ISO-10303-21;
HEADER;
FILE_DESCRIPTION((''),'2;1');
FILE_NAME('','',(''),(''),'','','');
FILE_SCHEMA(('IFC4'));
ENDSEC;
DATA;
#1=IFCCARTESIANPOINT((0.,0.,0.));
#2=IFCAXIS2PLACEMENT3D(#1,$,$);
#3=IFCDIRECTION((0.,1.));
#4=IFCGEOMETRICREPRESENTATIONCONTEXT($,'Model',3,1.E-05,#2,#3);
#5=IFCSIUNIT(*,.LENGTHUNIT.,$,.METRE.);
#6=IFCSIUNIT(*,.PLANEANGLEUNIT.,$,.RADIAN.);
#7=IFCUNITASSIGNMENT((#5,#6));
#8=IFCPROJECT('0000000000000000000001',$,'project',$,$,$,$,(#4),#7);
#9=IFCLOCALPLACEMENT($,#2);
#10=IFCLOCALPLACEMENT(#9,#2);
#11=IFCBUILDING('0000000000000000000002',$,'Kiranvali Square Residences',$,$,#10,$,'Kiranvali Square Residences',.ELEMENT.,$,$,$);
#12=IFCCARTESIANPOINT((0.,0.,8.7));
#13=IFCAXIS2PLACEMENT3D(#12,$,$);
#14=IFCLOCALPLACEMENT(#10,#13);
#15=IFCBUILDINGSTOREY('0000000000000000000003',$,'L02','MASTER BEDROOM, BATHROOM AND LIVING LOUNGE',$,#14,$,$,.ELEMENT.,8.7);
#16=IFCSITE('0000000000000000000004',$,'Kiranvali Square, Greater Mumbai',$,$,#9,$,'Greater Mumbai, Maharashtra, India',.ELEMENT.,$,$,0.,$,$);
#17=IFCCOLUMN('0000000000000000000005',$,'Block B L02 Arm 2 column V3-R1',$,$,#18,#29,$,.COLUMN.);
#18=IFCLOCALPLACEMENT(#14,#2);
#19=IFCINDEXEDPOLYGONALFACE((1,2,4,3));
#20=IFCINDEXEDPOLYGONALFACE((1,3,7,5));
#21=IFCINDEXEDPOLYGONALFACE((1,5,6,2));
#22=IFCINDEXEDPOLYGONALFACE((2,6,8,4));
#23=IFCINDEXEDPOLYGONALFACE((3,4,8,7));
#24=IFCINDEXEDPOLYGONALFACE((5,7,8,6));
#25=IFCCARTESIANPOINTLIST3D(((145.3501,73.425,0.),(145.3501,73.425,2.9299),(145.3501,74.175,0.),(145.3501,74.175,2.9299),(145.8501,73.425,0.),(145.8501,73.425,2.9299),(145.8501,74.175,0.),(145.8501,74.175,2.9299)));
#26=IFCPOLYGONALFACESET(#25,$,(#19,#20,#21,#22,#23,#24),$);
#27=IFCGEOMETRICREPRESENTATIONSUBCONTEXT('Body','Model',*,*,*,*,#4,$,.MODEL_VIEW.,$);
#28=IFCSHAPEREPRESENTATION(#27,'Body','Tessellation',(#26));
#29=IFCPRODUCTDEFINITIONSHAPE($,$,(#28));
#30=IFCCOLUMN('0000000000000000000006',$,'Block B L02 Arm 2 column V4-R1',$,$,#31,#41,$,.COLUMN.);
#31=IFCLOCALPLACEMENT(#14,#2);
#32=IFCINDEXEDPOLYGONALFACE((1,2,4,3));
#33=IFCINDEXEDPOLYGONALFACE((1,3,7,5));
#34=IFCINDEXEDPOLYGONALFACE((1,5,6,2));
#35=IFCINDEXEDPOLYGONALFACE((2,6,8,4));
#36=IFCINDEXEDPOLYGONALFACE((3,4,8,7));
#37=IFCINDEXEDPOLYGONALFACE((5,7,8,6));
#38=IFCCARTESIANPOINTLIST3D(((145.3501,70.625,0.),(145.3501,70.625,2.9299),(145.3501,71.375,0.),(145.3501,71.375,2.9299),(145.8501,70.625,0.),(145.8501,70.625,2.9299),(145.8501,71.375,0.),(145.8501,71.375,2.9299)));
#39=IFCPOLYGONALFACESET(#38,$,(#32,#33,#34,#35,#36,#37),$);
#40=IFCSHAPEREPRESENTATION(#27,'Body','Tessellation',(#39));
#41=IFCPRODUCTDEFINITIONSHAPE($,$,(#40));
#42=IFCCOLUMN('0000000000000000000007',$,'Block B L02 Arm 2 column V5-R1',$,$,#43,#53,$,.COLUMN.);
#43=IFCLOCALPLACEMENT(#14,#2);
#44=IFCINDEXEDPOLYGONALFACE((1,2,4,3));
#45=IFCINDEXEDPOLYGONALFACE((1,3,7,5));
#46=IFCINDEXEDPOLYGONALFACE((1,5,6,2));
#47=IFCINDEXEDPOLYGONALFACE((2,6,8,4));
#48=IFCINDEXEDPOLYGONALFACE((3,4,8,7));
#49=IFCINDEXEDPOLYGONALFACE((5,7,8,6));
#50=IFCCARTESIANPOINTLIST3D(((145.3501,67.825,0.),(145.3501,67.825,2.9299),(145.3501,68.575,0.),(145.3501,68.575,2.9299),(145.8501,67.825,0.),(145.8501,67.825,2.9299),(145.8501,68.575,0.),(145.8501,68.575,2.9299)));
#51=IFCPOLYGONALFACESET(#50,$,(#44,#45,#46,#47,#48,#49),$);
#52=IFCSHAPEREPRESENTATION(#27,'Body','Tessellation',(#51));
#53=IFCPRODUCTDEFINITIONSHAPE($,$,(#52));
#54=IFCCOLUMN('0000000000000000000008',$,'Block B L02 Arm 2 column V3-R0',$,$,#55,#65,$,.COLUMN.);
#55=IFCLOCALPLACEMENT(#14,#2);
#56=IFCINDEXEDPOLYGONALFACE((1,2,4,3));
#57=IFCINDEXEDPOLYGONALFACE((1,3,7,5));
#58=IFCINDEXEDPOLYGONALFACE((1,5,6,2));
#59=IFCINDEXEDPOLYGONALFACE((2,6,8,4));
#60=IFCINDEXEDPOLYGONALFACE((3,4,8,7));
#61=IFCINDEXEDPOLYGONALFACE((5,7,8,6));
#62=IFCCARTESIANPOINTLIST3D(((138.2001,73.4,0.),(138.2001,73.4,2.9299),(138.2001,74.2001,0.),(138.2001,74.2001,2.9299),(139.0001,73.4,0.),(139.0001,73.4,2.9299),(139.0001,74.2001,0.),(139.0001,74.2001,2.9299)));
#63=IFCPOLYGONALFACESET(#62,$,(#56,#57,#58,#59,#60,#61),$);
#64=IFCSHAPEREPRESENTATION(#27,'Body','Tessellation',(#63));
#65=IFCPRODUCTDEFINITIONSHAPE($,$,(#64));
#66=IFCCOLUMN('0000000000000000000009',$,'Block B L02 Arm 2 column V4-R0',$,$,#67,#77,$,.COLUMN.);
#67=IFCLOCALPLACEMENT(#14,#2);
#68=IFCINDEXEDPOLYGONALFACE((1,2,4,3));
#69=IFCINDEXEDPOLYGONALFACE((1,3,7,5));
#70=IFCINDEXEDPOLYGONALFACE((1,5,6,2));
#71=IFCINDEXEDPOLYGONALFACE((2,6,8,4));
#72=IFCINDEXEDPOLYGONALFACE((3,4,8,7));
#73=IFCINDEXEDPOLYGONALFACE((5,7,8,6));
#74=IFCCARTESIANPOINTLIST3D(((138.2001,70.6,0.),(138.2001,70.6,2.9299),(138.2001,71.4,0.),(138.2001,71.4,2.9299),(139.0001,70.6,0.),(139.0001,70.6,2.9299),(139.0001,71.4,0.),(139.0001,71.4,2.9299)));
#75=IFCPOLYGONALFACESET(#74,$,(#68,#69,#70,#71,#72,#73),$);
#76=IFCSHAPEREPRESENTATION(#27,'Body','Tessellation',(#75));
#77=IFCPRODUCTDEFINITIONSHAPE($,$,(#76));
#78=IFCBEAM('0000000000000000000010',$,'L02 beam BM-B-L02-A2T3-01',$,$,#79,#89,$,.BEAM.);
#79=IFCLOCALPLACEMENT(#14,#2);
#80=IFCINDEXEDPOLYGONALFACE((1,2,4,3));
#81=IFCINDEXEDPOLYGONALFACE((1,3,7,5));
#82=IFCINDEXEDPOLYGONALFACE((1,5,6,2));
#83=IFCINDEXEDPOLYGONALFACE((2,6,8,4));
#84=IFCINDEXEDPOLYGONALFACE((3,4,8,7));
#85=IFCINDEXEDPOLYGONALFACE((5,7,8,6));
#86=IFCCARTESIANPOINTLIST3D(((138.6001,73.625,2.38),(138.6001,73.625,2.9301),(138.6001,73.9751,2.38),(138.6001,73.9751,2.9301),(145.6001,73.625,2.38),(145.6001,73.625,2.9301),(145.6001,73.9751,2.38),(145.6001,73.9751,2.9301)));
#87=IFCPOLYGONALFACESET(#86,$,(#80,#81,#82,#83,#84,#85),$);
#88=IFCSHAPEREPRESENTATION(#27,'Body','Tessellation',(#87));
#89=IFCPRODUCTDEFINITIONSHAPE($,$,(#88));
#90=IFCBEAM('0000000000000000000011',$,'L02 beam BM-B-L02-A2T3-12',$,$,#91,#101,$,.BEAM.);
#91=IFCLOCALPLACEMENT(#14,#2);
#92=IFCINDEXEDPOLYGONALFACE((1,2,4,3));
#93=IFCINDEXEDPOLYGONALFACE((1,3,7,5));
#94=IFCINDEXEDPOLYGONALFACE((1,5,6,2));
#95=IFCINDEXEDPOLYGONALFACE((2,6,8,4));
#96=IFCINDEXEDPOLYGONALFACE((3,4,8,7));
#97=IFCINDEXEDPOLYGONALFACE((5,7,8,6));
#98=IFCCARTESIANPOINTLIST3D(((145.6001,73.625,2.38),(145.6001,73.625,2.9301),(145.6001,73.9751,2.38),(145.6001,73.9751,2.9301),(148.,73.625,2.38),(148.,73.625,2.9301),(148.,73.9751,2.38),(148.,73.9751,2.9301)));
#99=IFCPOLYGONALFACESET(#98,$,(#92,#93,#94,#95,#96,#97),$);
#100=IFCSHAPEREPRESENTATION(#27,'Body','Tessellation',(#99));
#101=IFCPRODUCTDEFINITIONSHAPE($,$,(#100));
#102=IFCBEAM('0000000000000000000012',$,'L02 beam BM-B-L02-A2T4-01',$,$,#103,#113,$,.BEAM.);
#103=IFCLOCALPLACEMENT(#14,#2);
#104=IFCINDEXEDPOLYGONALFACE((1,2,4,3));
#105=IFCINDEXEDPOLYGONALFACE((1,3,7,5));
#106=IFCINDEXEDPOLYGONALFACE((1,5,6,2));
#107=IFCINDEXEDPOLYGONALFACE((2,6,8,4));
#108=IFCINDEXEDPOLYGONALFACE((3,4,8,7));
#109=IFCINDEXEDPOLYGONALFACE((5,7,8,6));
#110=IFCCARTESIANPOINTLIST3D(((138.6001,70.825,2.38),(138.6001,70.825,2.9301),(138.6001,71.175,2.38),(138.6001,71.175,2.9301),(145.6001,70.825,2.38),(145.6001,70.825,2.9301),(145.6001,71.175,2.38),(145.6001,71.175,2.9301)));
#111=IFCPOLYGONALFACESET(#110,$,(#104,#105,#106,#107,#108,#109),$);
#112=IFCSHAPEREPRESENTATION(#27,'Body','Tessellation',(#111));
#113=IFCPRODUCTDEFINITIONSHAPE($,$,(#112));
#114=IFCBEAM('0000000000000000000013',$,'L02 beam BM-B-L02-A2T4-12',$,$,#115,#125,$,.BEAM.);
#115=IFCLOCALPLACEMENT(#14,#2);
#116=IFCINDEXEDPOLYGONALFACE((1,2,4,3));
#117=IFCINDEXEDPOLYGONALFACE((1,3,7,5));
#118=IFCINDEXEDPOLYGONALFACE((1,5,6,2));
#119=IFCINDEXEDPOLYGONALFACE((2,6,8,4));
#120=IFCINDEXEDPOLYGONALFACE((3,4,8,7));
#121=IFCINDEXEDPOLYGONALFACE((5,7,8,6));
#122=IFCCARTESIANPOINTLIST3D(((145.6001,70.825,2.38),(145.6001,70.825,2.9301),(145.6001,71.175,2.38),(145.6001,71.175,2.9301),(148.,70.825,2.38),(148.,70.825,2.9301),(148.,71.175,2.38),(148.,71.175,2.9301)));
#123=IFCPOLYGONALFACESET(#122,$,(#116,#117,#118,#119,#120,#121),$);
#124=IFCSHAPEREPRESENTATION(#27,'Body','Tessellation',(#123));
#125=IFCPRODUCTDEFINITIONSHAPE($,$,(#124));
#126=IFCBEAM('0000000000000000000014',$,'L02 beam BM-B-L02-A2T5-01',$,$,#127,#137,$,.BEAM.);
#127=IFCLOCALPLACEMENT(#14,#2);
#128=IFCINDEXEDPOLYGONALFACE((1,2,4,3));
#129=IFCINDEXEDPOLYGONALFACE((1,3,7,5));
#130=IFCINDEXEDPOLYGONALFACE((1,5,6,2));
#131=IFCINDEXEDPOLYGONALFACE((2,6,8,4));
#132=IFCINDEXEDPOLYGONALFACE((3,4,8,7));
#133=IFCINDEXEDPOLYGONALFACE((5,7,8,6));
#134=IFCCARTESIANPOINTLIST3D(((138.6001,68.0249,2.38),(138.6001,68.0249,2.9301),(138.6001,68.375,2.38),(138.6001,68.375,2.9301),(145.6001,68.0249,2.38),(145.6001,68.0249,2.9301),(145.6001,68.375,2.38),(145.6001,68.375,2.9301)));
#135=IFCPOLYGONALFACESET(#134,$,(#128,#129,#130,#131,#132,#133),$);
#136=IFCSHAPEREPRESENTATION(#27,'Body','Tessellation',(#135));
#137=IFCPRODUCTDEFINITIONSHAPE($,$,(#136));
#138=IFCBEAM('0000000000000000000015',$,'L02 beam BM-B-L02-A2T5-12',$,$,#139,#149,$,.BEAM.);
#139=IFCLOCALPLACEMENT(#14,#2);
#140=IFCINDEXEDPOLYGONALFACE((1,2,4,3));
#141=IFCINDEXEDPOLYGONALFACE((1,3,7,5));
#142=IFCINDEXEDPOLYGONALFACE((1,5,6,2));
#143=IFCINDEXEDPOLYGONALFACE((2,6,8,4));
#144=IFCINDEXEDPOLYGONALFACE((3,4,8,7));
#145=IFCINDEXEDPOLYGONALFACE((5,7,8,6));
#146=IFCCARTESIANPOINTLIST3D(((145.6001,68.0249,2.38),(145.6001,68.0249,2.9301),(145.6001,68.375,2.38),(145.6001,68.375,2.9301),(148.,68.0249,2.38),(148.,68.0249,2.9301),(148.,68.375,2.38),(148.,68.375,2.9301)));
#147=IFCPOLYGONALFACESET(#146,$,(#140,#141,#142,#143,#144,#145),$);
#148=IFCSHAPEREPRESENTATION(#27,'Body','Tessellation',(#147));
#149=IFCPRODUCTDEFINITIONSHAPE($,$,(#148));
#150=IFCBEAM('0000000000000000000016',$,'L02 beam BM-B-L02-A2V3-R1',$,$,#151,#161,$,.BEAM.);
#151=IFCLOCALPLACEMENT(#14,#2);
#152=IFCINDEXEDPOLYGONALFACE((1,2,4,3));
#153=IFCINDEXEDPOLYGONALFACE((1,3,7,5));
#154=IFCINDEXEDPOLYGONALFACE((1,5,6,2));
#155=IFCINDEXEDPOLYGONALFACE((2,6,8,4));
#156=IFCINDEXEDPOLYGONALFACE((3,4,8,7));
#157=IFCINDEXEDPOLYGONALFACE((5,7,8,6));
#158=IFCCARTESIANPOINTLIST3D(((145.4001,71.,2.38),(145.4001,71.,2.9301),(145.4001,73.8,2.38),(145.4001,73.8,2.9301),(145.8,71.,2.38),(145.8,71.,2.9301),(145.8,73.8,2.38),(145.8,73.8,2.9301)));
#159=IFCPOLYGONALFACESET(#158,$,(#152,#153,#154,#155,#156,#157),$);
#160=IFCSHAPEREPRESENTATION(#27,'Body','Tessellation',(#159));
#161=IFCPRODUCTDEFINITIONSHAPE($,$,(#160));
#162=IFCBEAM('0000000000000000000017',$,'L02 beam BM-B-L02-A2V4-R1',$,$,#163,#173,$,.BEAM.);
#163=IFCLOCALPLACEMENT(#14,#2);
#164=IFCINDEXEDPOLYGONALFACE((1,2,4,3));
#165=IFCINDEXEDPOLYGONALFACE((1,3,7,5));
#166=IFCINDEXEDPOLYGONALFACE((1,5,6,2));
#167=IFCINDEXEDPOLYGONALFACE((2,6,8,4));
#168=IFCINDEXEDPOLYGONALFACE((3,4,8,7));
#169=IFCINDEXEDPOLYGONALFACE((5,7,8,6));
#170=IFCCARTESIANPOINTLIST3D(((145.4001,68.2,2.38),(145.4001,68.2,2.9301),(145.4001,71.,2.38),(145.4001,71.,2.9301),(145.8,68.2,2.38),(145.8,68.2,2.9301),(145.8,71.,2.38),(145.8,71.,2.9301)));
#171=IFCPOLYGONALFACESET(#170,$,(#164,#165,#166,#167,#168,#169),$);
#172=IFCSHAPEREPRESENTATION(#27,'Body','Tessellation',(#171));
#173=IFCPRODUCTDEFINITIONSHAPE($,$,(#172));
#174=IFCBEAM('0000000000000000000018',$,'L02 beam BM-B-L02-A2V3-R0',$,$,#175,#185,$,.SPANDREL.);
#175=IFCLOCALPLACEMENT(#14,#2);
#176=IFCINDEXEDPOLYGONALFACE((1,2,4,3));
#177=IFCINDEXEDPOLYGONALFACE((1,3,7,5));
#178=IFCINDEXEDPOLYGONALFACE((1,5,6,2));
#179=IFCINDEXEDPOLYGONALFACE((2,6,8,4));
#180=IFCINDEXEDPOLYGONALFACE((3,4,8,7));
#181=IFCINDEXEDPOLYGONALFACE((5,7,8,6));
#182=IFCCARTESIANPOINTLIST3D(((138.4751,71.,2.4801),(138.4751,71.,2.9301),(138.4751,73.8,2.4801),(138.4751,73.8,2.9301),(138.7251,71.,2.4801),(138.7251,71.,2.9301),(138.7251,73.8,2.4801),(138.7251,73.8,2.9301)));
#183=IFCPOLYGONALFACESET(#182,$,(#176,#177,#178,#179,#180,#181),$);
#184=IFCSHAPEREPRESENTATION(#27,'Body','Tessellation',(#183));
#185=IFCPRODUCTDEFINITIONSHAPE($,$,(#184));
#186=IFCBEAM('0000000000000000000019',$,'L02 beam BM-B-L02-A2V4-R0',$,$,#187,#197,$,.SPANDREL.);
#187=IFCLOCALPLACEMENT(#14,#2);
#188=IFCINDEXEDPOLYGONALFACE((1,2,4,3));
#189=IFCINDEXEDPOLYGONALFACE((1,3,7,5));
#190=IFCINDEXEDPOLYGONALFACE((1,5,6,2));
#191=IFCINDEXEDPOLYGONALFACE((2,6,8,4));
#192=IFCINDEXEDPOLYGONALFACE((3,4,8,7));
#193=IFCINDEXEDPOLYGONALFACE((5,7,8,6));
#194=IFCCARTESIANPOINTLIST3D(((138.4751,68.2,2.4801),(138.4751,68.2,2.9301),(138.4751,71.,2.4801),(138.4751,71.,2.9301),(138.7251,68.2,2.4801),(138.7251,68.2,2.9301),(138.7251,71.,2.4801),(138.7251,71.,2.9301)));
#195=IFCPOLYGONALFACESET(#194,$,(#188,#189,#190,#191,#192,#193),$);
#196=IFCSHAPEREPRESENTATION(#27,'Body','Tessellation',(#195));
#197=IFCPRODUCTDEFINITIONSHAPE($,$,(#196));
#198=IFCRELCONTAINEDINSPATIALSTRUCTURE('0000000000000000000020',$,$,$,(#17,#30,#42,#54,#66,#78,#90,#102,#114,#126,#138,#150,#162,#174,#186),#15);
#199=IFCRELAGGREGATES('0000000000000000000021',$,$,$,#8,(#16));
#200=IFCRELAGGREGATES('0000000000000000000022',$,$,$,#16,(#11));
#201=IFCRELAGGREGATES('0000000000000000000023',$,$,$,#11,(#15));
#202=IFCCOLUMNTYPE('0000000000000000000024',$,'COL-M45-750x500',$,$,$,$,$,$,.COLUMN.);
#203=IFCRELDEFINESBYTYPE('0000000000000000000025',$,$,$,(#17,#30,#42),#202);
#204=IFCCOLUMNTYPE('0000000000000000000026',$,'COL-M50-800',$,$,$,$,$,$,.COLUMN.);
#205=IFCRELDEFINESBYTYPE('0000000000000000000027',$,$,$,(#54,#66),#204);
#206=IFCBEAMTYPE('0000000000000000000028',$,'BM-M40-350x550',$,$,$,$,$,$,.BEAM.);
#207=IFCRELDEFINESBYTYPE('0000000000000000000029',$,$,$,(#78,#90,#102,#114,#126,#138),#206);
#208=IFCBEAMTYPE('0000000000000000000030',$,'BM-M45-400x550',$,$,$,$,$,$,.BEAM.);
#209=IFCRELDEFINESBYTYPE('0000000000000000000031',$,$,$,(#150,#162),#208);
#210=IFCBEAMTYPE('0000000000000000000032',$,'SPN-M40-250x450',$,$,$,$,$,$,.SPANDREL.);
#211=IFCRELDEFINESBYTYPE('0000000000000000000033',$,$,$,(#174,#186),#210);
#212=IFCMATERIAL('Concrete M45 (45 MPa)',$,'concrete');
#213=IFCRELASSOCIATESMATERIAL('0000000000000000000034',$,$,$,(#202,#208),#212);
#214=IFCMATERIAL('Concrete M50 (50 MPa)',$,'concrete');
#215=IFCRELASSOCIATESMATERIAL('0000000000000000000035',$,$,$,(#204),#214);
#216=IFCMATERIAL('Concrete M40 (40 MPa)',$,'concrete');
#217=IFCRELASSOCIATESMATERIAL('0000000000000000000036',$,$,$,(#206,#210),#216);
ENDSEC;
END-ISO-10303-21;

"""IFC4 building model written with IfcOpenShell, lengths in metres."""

from ifc_helpers import new_model, si_unit, direction, frame, origin, origin_2d, place, context, subcontext, project, spatial, rectangle, extrude, material, material_profile, profile_set, type_object, element, save


model = new_model("IFC4")

# Units and contexts
model_context = context("Model", 3, precision=1e-05, world=origin(), true_north=direction((0.0, 1.0)))
body_context = subcontext(model_context, "Body", "Model", "MODEL_VIEW")
ifc_project = project(units=[si_unit("LENGTHUNIT", "METRE"), si_unit("PLANEANGLEUNIT", "RADIAN")], contexts=[model_context])

# Site, building, storey
site_placement = place(None, origin())
site = spatial("IfcSite", under=ifc_project, at=site_placement, Name="Kiranvali Square, Greater Mumbai", LongName="Greater Mumbai, Maharashtra, India", CompositionType="ELEMENT", RefElevation=0.0)
building_placement = place(site_placement, origin())
building = spatial("IfcBuilding", under=site, at=building_placement, Name="Kiranvali Square Residences", LongName="Kiranvali Square Residences", CompositionType="ELEMENT")
storey_placement = place(building_placement, frame((0.0, 0.0, 8.7)))
storey = spatial("IfcBuildingStorey", under=building, at=storey_placement, Name="L02", Description="MASTER BEDROOM, BATHROOM AND LIVING LOUNGE", CompositionType="ELEMENT", Elevation=8.7)

# Columns
ifc_material_1 = material(Name="Concrete M45 (45 MPa)", Category="concrete")
ifc_material_profile_1 = material_profile(ifc_material_1, rectangle(XDim=0.5, YDim=0.75, at=origin_2d()), Name="RC 750x500")
ifc_profile_set_1 = profile_set([ifc_material_profile_1], Name="Concrete M45 (45 MPa)")
column_type_1 = type_object("IfcColumnType", Name="COL-M45-750x500", PredefinedType="COLUMN", material=ifc_profile_set_1)
for number, where, z_axis, x_axis, name in (
    (1, (145.6001, 73.8, 0.0), (0.0, 0.0, 1.0), (1.0, 0.0, 0.0), "Block B L02 Arm 2 column V3-R1"),
    (2, (145.6001, 71.0, 0.0), (0.0, 0.0, 1.0), (1.0, 0.0, 0.0), "Block B L02 Arm 2 column V4-R1"),
    (3, (145.6001, 68.2, 0.0), (0.0, 0.0, 1.0), (1.0, 0.0, 0.0), "Block B L02 Arm 2 column V5-R1"),
):
    element("IfcColumn", number, at=place(storey_placement, frame(where, z_axis=z_axis, x_axis=x_axis)), inside=storey, type_object=column_type_1, Name=name, PredefinedType="COLUMN", context=body_context, shape_type="SweptSolid", body=[
        extrude(rectangle(XDim=0.5, YDim=0.75, at=origin_2d()), origin(), (0.0, 0.0, 1.0), 2.9299),
    ])
ifc_material_2 = material(Name="Concrete M50 (50 MPa)", Category="concrete")
ifc_material_profile_2 = material_profile(ifc_material_2, rectangle(XDim=0.8, YDim=0.8, at=origin_2d()), Name="RC 800x800")
ifc_profile_set_2 = profile_set([ifc_material_profile_2], Name="Concrete M50 (50 MPa)")
column_type_2 = type_object("IfcColumnType", Name="COL-M50-800", PredefinedType="COLUMN", material=ifc_profile_set_2)
for number, where, z_axis, x_axis, name in (
    (4, (138.6001, 73.8, 0.0), (0.0, 0.0, 1.0), (1.0, 0.0, 0.0), "Block B L02 Arm 2 column V3-R0"),
    (5, (138.6001, 71.0, 0.0), (0.0, 0.0, 1.0), (1.0, 0.0, 0.0), "Block B L02 Arm 2 column V4-R0"),
):
    element("IfcColumn", number, at=place(storey_placement, frame(where, z_axis=z_axis, x_axis=x_axis)), inside=storey, type_object=column_type_2, Name=name, PredefinedType="COLUMN", context=body_context, shape_type="SweptSolid", body=[
        extrude(rectangle(XDim=0.8, YDim=0.8, at=origin_2d()), origin(), (0.0, 0.0, 1.0), 2.9299),
    ])

# Beams
ifc_material_3 = material(Name="Concrete M40 (40 MPa)", Category="concrete")
ifc_material_profile_3 = material_profile(ifc_material_3, rectangle(XDim=0.3501, YDim=0.55, at=origin_2d()), Name="RC 350x550")
ifc_profile_set_3 = profile_set([ifc_material_profile_3], Name="Concrete M40 (40 MPa)")
beam_type_1 = type_object("IfcBeamType", Name="BM-M40-350x550", PredefinedType="BEAM", material=ifc_profile_set_3)
beam_1_placement = place(storey_placement, frame((138.6001, 73.8, 2.655), z_axis=(1.0, 0.0, 0.0), x_axis=(0.0, 1.0, 0.0)))
element("IfcBeam", 6, at=beam_1_placement, inside=storey, type_object=beam_type_1, Name="L02 beam BM-B-L02-A2T3-01", PredefinedType="BEAM", context=body_context, shape_type="SweptSolid", body=[
    extrude(rectangle(XDim=0.3501, YDim=0.55, at=origin_2d()), origin(), (0.0, 0.0, 1.0), 7.0),
])
beam_2_placement = place(storey_placement, frame((145.6001, 73.8, 2.655), z_axis=(1.0, 0.0, 0.0), x_axis=(0.0, 1.0, 0.0)))
element("IfcBeam", 7, at=beam_2_placement, inside=storey, type_object=beam_type_1, Name="L02 beam BM-B-L02-A2T3-12", PredefinedType="BEAM", context=body_context, shape_type="SweptSolid", body=[
    extrude(rectangle(XDim=0.3501, YDim=0.55, at=origin_2d()), origin(), (0.0, 0.0, 1.0), 2.3999),
])
beam_3_placement = place(storey_placement, frame((138.6001, 71.0, 2.655), z_axis=(1.0, 0.0, 0.0), x_axis=(0.0, 1.0, 0.0)))
element("IfcBeam", 8, at=beam_3_placement, inside=storey, type_object=beam_type_1, Name="L02 beam BM-B-L02-A2T4-01", PredefinedType="BEAM", context=body_context, shape_type="SweptSolid", body=[
    extrude(rectangle(XDim=0.3501, YDim=0.55, at=origin_2d()), origin(), (0.0, 0.0, 1.0), 7.0),
])
beam_4_placement = place(storey_placement, frame((145.6001, 71.0, 2.655), z_axis=(1.0, 0.0, 0.0), x_axis=(0.0, 1.0, 0.0)))
element("IfcBeam", 9, at=beam_4_placement, inside=storey, type_object=beam_type_1, Name="L02 beam BM-B-L02-A2T4-12", PredefinedType="BEAM", context=body_context, shape_type="SweptSolid", body=[
    extrude(rectangle(XDim=0.3501, YDim=0.55, at=origin_2d()), origin(), (0.0, 0.0, 1.0), 2.3999),
])
beam_5_placement = place(storey_placement, frame((138.6001, 68.2, 2.655), z_axis=(1.0, 0.0, 0.0), x_axis=(0.0, 1.0, 0.0)))
element("IfcBeam", 10, at=beam_5_placement, inside=storey, type_object=beam_type_1, Name="L02 beam BM-B-L02-A2T5-01", PredefinedType="BEAM", context=body_context, shape_type="SweptSolid", body=[
    extrude(rectangle(XDim=0.3501, YDim=0.55, at=origin_2d()), origin(), (0.0, 0.0, 1.0), 7.0),
])
beam_6_placement = place(storey_placement, frame((145.6001, 68.2, 2.655), z_axis=(1.0, 0.0, 0.0), x_axis=(0.0, 1.0, 0.0)))
element("IfcBeam", 11, at=beam_6_placement, inside=storey, type_object=beam_type_1, Name="L02 beam BM-B-L02-A2T5-12", PredefinedType="BEAM", context=body_context, shape_type="SweptSolid", body=[
    extrude(rectangle(XDim=0.3501, YDim=0.55, at=origin_2d()), origin(), (0.0, 0.0, 1.0), 2.3999),
])
ifc_material_profile_4 = material_profile(ifc_material_1, rectangle(XDim=0.3999, YDim=0.55, at=origin_2d()), Name="RC 400x550")
ifc_profile_set_4 = profile_set([ifc_material_profile_4], Name="Concrete M45 (45 MPa)")
beam_type_2 = type_object("IfcBeamType", Name="BM-M45-400x550", PredefinedType="BEAM", material=ifc_profile_set_4)
for number, where, z_axis, x_axis, name in (
    (12, (145.6001, 73.8, 2.655), (0.0, -1.0, 0.0), (1.0, 0.0, 0.0), "L02 beam BM-B-L02-A2V3-R1"),
    (13, (145.6001, 71.0, 2.655), (0.0, -1.0, 0.0), (1.0, 0.0, 0.0), "L02 beam BM-B-L02-A2V4-R1"),
):
    element("IfcBeam", number, at=place(storey_placement, frame(where, z_axis=z_axis, x_axis=x_axis)), inside=storey, type_object=beam_type_2, Name=name, PredefinedType="BEAM", context=body_context, shape_type="SweptSolid", body=[
        extrude(rectangle(XDim=0.3999, YDim=0.55, at=origin_2d()), origin(), (0.0, 0.0, 1.0), 2.8),
    ])
ifc_material_profile_5 = material_profile(ifc_material_3, rectangle(XDim=0.25, YDim=0.45, at=origin_2d()), Name="RC 250x450")
ifc_profile_set_5 = profile_set([ifc_material_profile_5], Name="Concrete M40 (40 MPa)")
beam_type_3 = type_object("IfcBeamType", Name="SPN-M40-250x450", PredefinedType="SPANDREL", material=ifc_profile_set_5)
for number, where, z_axis, x_axis, name in (
    (14, (138.6001, 73.8, 2.7051), (0.0, -1.0, 0.0), (1.0, 0.0, 0.0), "L02 beam BM-B-L02-A2V3-R0"),
    (15, (138.6001, 71.0, 2.7051), (0.0, -1.0, 0.0), (1.0, 0.0, 0.0), "L02 beam BM-B-L02-A2V4-R0"),
):
    element("IfcBeam", number, at=place(storey_placement, frame(where, z_axis=z_axis, x_axis=x_axis)), inside=storey, type_object=beam_type_3, Name=name, PredefinedType="SPANDREL", context=body_context, shape_type="SweptSolid", body=[
        extrude(rectangle(XDim=0.25, YDim=0.45, at=origin_2d()), origin(), (0.0, 0.0, 1.0), 2.8),
    ])

save(model, "model.ifc")
